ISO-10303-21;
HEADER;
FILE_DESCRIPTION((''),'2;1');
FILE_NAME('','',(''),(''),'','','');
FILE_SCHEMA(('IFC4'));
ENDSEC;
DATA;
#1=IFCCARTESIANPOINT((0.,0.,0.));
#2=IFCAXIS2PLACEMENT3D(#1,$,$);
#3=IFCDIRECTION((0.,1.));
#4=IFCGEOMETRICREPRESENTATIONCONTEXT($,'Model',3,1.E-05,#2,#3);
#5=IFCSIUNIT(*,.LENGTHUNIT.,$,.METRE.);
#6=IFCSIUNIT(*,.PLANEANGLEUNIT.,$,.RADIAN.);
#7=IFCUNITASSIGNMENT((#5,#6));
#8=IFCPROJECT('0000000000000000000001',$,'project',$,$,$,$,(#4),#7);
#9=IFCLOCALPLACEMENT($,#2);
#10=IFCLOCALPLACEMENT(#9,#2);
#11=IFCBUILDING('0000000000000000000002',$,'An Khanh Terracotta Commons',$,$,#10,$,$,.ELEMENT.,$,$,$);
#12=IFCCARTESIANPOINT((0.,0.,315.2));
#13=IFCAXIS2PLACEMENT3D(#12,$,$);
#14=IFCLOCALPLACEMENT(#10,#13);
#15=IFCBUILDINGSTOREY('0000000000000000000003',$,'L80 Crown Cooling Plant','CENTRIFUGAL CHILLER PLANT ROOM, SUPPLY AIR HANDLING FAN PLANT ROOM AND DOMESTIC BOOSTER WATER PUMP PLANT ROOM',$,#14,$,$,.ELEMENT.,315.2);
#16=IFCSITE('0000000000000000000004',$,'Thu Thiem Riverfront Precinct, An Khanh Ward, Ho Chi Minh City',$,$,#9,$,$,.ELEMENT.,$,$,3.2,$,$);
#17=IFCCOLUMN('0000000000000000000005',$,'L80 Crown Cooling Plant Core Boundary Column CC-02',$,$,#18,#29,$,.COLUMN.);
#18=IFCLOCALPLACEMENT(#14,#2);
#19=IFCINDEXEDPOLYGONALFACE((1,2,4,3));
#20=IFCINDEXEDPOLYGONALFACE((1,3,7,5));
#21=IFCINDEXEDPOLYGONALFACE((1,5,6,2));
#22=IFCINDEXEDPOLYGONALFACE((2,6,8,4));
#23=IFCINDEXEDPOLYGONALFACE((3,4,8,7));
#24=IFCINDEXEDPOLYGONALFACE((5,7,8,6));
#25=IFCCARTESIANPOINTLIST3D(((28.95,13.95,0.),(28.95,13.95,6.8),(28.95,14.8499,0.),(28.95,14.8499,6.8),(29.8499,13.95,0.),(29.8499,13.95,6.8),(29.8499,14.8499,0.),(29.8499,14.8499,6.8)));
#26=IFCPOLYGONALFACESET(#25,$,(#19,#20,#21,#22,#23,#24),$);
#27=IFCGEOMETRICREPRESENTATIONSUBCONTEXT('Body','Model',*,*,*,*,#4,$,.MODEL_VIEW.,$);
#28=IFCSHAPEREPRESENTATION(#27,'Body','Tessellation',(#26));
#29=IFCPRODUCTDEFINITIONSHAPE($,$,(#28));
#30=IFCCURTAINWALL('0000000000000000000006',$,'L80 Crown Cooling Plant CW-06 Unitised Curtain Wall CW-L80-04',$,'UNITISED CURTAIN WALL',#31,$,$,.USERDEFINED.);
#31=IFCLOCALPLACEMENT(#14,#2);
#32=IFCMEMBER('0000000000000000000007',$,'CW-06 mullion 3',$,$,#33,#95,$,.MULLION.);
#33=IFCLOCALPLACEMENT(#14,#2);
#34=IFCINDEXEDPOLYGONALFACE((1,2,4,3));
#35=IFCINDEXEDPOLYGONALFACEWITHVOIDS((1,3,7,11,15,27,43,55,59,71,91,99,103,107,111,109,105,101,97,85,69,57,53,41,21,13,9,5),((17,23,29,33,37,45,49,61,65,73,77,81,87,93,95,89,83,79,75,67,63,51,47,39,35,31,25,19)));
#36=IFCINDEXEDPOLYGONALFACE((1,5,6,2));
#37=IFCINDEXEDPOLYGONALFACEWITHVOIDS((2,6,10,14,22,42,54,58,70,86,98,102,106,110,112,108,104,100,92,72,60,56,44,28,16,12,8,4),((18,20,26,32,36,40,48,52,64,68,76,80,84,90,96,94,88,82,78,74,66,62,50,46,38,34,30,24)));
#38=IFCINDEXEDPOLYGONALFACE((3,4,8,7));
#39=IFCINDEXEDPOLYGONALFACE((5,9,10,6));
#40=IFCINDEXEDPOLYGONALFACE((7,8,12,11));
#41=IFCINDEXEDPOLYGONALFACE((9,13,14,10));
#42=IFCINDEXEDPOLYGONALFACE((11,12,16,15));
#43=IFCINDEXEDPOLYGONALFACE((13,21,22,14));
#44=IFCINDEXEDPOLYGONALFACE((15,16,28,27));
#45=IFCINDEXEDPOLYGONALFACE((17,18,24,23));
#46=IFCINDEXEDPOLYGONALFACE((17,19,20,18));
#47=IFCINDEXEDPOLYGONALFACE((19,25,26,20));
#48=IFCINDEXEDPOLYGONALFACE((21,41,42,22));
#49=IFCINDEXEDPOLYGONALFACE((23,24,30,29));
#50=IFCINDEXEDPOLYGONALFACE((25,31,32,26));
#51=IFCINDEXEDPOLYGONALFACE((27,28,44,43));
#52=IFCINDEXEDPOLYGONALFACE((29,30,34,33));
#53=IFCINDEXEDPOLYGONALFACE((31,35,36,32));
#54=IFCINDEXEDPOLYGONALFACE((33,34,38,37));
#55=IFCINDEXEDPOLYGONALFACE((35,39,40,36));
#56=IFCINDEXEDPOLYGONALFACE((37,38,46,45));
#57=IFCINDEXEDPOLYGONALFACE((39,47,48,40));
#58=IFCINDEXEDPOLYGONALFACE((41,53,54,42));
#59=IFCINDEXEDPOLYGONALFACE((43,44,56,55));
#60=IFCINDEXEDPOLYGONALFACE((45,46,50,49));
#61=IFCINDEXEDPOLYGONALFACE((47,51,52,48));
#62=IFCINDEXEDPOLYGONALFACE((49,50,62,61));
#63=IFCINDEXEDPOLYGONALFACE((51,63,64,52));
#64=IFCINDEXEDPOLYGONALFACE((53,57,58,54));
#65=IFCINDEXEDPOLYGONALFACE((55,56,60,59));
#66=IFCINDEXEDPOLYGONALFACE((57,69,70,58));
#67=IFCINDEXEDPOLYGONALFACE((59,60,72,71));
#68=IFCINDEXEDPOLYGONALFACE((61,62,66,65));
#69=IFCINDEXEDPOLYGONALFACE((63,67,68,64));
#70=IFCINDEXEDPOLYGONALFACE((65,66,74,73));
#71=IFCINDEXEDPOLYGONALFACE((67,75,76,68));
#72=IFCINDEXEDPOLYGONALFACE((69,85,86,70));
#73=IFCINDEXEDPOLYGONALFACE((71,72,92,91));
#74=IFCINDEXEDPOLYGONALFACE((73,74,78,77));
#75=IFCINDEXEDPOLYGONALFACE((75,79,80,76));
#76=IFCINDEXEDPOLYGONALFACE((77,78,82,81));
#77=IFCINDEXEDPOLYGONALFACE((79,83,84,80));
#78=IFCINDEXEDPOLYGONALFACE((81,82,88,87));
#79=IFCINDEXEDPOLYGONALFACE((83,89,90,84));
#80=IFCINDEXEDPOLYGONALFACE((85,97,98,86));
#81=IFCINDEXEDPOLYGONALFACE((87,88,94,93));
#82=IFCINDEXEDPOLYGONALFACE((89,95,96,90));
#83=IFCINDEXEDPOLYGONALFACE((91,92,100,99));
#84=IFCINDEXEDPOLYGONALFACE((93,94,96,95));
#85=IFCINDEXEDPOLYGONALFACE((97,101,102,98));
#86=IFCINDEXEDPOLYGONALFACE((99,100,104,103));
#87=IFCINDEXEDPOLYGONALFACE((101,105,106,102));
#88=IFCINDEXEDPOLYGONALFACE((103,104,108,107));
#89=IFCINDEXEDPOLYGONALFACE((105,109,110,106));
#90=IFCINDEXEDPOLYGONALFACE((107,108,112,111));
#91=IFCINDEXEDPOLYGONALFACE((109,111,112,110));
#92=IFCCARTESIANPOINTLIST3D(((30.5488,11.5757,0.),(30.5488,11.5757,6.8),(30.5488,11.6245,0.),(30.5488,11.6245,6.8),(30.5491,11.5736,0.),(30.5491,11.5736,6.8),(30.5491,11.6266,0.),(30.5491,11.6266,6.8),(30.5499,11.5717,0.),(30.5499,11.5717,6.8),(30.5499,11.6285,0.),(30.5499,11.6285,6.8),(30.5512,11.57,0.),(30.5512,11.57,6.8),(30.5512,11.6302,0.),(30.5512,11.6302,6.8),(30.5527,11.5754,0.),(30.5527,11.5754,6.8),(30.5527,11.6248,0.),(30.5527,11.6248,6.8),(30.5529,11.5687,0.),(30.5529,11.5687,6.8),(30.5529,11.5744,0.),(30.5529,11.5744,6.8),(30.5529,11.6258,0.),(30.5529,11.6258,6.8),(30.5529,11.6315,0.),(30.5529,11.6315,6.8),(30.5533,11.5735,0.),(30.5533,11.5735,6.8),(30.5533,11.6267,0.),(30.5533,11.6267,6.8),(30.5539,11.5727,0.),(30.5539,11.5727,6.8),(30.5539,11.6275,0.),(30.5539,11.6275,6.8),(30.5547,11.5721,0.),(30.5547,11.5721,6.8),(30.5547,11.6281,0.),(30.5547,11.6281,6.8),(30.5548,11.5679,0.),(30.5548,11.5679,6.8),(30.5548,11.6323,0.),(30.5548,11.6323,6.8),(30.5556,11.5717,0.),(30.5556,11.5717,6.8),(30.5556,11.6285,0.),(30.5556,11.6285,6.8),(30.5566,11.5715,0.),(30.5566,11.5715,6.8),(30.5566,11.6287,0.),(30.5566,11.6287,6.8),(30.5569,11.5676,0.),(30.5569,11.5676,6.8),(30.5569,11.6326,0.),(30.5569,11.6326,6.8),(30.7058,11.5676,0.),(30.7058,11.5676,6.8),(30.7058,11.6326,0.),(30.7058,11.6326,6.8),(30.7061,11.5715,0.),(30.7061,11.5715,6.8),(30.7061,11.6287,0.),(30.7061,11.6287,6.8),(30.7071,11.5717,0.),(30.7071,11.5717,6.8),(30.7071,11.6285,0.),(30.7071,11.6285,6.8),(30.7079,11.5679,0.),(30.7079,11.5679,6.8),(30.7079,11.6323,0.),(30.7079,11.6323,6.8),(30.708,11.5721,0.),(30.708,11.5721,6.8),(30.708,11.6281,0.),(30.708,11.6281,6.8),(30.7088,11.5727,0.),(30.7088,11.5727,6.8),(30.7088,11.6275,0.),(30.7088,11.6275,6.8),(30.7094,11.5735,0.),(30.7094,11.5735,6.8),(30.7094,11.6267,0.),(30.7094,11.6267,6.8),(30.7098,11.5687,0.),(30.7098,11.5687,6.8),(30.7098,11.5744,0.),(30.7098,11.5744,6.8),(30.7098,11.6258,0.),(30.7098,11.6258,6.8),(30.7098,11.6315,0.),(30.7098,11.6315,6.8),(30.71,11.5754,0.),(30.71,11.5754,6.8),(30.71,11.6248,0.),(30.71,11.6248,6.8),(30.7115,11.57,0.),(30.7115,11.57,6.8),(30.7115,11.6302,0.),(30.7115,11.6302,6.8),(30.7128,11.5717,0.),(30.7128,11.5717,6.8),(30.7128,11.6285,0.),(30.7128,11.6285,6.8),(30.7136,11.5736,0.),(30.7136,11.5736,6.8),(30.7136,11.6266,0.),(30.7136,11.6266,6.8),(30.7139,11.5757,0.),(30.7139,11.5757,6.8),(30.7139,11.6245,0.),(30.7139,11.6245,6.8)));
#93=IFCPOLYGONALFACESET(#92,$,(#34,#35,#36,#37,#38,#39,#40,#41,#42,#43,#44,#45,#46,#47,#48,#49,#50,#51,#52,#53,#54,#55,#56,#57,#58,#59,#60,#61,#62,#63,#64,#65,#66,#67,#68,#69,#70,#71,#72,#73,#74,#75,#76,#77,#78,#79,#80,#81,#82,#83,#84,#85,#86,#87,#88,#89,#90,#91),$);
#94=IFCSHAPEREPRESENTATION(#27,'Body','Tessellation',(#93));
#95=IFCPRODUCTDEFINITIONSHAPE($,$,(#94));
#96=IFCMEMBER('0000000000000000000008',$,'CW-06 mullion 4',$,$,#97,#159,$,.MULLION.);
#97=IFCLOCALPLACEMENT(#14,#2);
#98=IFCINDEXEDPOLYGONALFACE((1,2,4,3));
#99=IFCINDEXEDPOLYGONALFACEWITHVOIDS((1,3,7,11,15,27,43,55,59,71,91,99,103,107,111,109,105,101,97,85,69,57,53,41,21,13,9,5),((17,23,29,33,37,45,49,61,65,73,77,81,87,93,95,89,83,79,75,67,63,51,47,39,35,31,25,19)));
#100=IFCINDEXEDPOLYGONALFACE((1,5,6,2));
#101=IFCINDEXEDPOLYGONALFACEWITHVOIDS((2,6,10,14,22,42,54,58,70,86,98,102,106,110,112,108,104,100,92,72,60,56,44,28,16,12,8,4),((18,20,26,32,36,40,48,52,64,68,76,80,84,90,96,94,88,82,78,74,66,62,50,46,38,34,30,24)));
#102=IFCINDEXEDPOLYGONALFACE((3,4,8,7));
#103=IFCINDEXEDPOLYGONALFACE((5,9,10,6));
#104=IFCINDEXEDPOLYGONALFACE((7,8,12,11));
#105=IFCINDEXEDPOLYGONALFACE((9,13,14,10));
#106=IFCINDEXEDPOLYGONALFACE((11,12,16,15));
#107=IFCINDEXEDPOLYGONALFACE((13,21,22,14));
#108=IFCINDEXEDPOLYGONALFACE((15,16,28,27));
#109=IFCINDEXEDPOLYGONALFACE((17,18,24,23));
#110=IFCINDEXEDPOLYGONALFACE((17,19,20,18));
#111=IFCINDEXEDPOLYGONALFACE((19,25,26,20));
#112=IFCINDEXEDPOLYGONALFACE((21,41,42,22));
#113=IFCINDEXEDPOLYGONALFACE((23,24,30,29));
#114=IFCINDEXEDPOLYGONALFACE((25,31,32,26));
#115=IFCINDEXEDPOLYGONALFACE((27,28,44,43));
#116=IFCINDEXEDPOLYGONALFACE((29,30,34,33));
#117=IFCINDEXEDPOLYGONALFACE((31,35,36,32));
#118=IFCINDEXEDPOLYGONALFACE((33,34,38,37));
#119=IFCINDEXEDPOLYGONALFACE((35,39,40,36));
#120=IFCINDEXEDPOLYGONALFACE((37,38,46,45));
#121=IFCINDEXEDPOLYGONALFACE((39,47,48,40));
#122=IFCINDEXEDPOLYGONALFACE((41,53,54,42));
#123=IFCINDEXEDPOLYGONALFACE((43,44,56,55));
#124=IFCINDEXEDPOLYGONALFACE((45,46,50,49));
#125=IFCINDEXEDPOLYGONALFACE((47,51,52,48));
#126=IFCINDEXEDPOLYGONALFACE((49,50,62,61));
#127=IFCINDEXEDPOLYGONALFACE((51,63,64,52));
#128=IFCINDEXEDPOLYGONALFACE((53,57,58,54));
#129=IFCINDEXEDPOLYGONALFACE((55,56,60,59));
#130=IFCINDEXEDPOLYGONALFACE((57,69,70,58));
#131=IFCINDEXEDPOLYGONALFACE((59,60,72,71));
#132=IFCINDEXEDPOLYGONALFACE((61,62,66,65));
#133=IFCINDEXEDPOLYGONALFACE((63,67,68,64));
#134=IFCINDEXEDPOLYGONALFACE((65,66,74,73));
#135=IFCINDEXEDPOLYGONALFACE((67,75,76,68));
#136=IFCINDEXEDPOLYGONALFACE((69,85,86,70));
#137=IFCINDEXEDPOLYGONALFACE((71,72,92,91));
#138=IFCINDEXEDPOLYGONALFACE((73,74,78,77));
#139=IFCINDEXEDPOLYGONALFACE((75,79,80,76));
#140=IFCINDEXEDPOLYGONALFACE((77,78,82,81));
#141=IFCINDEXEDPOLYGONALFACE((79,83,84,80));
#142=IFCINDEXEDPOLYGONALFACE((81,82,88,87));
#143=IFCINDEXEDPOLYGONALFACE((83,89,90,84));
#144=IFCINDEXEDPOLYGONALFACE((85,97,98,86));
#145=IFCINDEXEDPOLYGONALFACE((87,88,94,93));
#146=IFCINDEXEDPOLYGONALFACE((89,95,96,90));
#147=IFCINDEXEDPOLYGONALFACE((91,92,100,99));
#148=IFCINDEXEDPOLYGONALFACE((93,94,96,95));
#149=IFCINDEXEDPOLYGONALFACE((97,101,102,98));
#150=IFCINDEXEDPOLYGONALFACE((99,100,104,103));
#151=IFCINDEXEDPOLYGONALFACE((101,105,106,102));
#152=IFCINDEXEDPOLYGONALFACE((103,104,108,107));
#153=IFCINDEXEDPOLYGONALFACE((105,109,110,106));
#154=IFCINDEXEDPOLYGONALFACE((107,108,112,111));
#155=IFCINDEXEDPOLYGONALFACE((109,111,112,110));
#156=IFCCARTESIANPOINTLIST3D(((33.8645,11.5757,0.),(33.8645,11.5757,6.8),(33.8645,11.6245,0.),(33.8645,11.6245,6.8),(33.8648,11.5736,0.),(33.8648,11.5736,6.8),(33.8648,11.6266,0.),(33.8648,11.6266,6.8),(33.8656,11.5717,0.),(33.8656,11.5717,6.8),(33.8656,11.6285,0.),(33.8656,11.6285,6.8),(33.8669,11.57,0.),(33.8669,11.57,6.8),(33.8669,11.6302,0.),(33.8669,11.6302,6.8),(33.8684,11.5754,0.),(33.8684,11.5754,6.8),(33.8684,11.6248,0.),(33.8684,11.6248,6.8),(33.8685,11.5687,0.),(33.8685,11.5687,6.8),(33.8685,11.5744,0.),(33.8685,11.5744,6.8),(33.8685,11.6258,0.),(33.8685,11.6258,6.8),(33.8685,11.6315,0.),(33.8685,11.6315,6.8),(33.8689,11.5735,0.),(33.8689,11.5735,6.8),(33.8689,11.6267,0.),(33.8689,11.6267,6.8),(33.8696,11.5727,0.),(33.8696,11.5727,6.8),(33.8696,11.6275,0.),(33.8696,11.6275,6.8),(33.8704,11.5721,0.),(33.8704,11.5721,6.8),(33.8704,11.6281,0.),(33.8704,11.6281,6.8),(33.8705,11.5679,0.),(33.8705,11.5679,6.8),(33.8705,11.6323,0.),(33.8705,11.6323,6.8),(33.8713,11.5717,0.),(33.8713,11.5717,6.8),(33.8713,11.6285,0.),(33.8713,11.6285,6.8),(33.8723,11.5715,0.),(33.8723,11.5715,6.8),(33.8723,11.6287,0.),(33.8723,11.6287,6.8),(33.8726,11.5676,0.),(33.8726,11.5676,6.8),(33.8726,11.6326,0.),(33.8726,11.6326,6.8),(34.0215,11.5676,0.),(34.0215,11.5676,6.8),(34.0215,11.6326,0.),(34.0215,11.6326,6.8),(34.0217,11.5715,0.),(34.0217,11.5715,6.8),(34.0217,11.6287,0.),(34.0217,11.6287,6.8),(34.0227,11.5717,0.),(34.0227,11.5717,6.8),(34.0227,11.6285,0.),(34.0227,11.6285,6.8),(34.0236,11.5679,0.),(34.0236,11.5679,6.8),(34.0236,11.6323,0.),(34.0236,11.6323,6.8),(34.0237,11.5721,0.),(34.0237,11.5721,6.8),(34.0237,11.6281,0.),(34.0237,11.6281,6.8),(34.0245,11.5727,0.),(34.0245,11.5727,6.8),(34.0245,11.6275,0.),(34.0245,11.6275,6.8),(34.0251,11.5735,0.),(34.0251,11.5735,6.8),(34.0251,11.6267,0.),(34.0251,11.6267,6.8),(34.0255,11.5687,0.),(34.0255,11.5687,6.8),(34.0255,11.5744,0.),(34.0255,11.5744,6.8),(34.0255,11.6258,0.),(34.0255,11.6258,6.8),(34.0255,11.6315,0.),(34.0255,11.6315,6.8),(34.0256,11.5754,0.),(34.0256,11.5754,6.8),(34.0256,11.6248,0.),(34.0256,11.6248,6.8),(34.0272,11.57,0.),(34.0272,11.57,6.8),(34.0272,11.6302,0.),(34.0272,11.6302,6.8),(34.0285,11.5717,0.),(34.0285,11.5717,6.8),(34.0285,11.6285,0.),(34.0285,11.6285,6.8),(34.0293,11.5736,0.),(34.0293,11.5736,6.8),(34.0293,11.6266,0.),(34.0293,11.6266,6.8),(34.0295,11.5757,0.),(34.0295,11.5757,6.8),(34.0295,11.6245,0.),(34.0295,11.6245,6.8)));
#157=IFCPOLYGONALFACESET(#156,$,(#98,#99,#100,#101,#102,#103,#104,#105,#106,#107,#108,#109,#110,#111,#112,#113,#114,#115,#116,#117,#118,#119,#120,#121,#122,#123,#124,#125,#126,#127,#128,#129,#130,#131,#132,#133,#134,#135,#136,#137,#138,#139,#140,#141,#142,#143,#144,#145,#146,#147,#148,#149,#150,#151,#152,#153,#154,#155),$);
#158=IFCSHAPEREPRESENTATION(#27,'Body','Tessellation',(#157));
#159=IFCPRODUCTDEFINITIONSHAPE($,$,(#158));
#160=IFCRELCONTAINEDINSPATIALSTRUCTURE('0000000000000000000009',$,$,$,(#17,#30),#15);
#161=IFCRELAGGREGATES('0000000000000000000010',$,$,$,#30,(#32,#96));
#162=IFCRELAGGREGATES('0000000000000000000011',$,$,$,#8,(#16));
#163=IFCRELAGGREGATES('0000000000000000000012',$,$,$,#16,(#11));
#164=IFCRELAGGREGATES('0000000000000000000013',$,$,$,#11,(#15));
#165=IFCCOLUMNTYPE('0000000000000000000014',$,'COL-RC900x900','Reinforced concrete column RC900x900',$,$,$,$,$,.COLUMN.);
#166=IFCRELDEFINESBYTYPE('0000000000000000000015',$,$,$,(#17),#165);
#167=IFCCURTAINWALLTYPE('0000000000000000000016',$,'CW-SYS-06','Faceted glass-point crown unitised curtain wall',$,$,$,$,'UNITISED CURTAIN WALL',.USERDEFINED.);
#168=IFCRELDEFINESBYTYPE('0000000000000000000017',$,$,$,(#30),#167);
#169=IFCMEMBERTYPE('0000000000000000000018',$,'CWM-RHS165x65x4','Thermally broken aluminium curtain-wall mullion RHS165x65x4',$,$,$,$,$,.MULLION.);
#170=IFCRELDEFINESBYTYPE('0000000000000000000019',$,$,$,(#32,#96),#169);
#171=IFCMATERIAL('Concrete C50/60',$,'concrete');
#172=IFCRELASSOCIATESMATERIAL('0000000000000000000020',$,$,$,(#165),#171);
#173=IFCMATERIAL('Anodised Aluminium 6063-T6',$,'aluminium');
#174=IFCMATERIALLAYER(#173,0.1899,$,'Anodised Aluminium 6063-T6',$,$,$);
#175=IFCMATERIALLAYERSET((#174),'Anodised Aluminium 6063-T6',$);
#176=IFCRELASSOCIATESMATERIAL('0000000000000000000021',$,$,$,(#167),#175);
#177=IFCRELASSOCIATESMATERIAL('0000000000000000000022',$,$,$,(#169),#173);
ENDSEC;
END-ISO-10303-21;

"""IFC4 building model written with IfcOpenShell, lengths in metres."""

from ifc_helpers import new_model, si_unit, direction, frame, origin, origin_2d, place, context, subcontext, project, spatial, rectangle, hollow_rectangle, extrude, material, layer, layer_set, material_profile, profile_set, type_object, element, aggregate, save


model = new_model("IFC4")

# Units and contexts
model_context = context("Model", 3, precision=1e-05, world=origin(), true_north=direction((0.0, 1.0)))
body_context = subcontext(model_context, "Body", "Model", "MODEL_VIEW")
ifc_project = project(units=[si_unit("LENGTHUNIT", "METRE"), si_unit("PLANEANGLEUNIT", "RADIAN")], contexts=[model_context])

# Site, building, storey
site_placement = place(None, origin())
site = spatial("IfcSite", under=ifc_project, at=site_placement, Name="Thu Thiem Riverfront Precinct, An Khanh Ward, Ho Chi Minh City", CompositionType="ELEMENT", RefElevation=3.2)
building_placement = place(site_placement, origin())
building = spatial("IfcBuilding", under=site, at=building_placement, Name="An Khanh Terracotta Commons", CompositionType="ELEMENT")
storey_placement = place(building_placement, frame((0.0, 0.0, 315.2)))
storey = spatial("IfcBuildingStorey", under=building, at=storey_placement, Name="L80 Crown Cooling Plant", Description="CENTRIFUGAL CHILLER PLANT ROOM, SUPPLY AIR HANDLING FAN PLANT ROOM AND DOMESTIC BOOSTER WATER PUMP PLANT ROOM", CompositionType="ELEMENT", Elevation=315.2)

# Column
ifc_material_1 = material(Name="Concrete C50/60", Category="concrete")
ifc_material_profile_1 = material_profile(ifc_material_1, rectangle(XDim=0.8999, YDim=0.8999, at=origin_2d()), Name="RC900x900")
ifc_profile_set_1 = profile_set([ifc_material_profile_1], Name="Concrete C50/60")
column_type = type_object("IfcColumnType", Name="COL-RC900x900", Description="Reinforced concrete column RC900x900", PredefinedType="COLUMN", material=ifc_profile_set_1)
column_placement = place(storey_placement, frame((29.3999, 14.3999, 0.0), z_axis=(0.0, 0.0, 1.0), x_axis=(1.0, 0.0, 0.0)))
element("IfcColumn", 1, at=column_placement, inside=storey, type_object=column_type, Name="L80 Crown Cooling Plant Core Boundary Column CC-02", PredefinedType="COLUMN", context=body_context, shape_type="SweptSolid", body=[
    extrude(rectangle(XDim=0.8999, YDim=0.8999, at=origin_2d()), origin(), (0.0, 0.0, 1.0), 6.8),
])

# Curtain wall, members
ifc_material_2 = material(Name="Anodised Aluminium 6063-T6", Category="aluminium")
ifc_layer_1 = layer(ifc_material_2, 0.1899, Name="Anodised Aluminium 6063-T6")
ifc_layer_set_1 = layer_set([ifc_layer_1], Name="Anodised Aluminium 6063-T6")
curtain_wall_type = type_object("IfcCurtainWallType", Name="CW-SYS-06", Description="Faceted glass-point crown unitised curtain wall", ElementType="UNITISED CURTAIN WALL", PredefinedType="USERDEFINED", material=ifc_layer_set_1)
curtain_wall_placement = place(storey_placement, origin())
curtain_wall = element("IfcCurtainWall", 2, at=curtain_wall_placement, inside=storey, type_object=curtain_wall_type, Name="L80 Crown Cooling Plant CW-06 Unitised Curtain Wall CW-L80-04", ObjectType="UNITISED CURTAIN WALL", PredefinedType="USERDEFINED")
ifc_material_profile_2 = material_profile(ifc_material_2, hollow_rectangle(XDim=0.0649, YDim=0.165, WallThickness=0.0039, InnerFilletRadius=0.0039, OuterFilletRadius=0.0081, at=origin_2d()), Name="RHS165x65x4")
ifc_profile_set_2 = profile_set([ifc_material_profile_2], Name="Anodised Aluminium 6063-T6")
member_type_1 = type_object("IfcMemberType", Name="CWM-RHS165x65x4", Description="Thermally broken aluminium curtain-wall mullion RHS165x65x4", PredefinedType="MULLION", material=ifc_profile_set_2)
member_1_placement = place(storey_placement, frame((30.6313, 11.6001, 0.0), z_axis=(0.0, 0.0, 1.0), x_axis=(0.0, 1.0, 0.0)))
member_1 = element("IfcMember", 3, at=member_1_placement, type_object=member_type_1, Name="CW-06 mullion 3", PredefinedType="MULLION", context=body_context, shape_type="SweptSolid", body=[
    extrude(hollow_rectangle(XDim=0.0649, YDim=0.165, WallThickness=0.0039, InnerFilletRadius=0.0039, OuterFilletRadius=0.0081, at=origin_2d()), origin(), (0.0, 0.0, 1.0), 6.8),
])
member_2_placement = place(storey_placement, frame((33.947, 11.6001, 0.0), z_axis=(0.0, 0.0, 1.0), x_axis=(0.0, 1.0, 0.0)))
member_2 = element("IfcMember", 4, at=member_2_placement, type_object=member_type_1, Name="CW-06 mullion 4", PredefinedType="MULLION", context=body_context, shape_type="SweptSolid", body=[
    extrude(hollow_rectangle(XDim=0.0649, YDim=0.165, WallThickness=0.0039, InnerFilletRadius=0.0039, OuterFilletRadius=0.0081, at=origin_2d()), origin(), (0.0, 0.0, 1.0), 6.8),
])
aggregate(curtain_wall, [member_1, member_2])

save(model, "model.ifc")
